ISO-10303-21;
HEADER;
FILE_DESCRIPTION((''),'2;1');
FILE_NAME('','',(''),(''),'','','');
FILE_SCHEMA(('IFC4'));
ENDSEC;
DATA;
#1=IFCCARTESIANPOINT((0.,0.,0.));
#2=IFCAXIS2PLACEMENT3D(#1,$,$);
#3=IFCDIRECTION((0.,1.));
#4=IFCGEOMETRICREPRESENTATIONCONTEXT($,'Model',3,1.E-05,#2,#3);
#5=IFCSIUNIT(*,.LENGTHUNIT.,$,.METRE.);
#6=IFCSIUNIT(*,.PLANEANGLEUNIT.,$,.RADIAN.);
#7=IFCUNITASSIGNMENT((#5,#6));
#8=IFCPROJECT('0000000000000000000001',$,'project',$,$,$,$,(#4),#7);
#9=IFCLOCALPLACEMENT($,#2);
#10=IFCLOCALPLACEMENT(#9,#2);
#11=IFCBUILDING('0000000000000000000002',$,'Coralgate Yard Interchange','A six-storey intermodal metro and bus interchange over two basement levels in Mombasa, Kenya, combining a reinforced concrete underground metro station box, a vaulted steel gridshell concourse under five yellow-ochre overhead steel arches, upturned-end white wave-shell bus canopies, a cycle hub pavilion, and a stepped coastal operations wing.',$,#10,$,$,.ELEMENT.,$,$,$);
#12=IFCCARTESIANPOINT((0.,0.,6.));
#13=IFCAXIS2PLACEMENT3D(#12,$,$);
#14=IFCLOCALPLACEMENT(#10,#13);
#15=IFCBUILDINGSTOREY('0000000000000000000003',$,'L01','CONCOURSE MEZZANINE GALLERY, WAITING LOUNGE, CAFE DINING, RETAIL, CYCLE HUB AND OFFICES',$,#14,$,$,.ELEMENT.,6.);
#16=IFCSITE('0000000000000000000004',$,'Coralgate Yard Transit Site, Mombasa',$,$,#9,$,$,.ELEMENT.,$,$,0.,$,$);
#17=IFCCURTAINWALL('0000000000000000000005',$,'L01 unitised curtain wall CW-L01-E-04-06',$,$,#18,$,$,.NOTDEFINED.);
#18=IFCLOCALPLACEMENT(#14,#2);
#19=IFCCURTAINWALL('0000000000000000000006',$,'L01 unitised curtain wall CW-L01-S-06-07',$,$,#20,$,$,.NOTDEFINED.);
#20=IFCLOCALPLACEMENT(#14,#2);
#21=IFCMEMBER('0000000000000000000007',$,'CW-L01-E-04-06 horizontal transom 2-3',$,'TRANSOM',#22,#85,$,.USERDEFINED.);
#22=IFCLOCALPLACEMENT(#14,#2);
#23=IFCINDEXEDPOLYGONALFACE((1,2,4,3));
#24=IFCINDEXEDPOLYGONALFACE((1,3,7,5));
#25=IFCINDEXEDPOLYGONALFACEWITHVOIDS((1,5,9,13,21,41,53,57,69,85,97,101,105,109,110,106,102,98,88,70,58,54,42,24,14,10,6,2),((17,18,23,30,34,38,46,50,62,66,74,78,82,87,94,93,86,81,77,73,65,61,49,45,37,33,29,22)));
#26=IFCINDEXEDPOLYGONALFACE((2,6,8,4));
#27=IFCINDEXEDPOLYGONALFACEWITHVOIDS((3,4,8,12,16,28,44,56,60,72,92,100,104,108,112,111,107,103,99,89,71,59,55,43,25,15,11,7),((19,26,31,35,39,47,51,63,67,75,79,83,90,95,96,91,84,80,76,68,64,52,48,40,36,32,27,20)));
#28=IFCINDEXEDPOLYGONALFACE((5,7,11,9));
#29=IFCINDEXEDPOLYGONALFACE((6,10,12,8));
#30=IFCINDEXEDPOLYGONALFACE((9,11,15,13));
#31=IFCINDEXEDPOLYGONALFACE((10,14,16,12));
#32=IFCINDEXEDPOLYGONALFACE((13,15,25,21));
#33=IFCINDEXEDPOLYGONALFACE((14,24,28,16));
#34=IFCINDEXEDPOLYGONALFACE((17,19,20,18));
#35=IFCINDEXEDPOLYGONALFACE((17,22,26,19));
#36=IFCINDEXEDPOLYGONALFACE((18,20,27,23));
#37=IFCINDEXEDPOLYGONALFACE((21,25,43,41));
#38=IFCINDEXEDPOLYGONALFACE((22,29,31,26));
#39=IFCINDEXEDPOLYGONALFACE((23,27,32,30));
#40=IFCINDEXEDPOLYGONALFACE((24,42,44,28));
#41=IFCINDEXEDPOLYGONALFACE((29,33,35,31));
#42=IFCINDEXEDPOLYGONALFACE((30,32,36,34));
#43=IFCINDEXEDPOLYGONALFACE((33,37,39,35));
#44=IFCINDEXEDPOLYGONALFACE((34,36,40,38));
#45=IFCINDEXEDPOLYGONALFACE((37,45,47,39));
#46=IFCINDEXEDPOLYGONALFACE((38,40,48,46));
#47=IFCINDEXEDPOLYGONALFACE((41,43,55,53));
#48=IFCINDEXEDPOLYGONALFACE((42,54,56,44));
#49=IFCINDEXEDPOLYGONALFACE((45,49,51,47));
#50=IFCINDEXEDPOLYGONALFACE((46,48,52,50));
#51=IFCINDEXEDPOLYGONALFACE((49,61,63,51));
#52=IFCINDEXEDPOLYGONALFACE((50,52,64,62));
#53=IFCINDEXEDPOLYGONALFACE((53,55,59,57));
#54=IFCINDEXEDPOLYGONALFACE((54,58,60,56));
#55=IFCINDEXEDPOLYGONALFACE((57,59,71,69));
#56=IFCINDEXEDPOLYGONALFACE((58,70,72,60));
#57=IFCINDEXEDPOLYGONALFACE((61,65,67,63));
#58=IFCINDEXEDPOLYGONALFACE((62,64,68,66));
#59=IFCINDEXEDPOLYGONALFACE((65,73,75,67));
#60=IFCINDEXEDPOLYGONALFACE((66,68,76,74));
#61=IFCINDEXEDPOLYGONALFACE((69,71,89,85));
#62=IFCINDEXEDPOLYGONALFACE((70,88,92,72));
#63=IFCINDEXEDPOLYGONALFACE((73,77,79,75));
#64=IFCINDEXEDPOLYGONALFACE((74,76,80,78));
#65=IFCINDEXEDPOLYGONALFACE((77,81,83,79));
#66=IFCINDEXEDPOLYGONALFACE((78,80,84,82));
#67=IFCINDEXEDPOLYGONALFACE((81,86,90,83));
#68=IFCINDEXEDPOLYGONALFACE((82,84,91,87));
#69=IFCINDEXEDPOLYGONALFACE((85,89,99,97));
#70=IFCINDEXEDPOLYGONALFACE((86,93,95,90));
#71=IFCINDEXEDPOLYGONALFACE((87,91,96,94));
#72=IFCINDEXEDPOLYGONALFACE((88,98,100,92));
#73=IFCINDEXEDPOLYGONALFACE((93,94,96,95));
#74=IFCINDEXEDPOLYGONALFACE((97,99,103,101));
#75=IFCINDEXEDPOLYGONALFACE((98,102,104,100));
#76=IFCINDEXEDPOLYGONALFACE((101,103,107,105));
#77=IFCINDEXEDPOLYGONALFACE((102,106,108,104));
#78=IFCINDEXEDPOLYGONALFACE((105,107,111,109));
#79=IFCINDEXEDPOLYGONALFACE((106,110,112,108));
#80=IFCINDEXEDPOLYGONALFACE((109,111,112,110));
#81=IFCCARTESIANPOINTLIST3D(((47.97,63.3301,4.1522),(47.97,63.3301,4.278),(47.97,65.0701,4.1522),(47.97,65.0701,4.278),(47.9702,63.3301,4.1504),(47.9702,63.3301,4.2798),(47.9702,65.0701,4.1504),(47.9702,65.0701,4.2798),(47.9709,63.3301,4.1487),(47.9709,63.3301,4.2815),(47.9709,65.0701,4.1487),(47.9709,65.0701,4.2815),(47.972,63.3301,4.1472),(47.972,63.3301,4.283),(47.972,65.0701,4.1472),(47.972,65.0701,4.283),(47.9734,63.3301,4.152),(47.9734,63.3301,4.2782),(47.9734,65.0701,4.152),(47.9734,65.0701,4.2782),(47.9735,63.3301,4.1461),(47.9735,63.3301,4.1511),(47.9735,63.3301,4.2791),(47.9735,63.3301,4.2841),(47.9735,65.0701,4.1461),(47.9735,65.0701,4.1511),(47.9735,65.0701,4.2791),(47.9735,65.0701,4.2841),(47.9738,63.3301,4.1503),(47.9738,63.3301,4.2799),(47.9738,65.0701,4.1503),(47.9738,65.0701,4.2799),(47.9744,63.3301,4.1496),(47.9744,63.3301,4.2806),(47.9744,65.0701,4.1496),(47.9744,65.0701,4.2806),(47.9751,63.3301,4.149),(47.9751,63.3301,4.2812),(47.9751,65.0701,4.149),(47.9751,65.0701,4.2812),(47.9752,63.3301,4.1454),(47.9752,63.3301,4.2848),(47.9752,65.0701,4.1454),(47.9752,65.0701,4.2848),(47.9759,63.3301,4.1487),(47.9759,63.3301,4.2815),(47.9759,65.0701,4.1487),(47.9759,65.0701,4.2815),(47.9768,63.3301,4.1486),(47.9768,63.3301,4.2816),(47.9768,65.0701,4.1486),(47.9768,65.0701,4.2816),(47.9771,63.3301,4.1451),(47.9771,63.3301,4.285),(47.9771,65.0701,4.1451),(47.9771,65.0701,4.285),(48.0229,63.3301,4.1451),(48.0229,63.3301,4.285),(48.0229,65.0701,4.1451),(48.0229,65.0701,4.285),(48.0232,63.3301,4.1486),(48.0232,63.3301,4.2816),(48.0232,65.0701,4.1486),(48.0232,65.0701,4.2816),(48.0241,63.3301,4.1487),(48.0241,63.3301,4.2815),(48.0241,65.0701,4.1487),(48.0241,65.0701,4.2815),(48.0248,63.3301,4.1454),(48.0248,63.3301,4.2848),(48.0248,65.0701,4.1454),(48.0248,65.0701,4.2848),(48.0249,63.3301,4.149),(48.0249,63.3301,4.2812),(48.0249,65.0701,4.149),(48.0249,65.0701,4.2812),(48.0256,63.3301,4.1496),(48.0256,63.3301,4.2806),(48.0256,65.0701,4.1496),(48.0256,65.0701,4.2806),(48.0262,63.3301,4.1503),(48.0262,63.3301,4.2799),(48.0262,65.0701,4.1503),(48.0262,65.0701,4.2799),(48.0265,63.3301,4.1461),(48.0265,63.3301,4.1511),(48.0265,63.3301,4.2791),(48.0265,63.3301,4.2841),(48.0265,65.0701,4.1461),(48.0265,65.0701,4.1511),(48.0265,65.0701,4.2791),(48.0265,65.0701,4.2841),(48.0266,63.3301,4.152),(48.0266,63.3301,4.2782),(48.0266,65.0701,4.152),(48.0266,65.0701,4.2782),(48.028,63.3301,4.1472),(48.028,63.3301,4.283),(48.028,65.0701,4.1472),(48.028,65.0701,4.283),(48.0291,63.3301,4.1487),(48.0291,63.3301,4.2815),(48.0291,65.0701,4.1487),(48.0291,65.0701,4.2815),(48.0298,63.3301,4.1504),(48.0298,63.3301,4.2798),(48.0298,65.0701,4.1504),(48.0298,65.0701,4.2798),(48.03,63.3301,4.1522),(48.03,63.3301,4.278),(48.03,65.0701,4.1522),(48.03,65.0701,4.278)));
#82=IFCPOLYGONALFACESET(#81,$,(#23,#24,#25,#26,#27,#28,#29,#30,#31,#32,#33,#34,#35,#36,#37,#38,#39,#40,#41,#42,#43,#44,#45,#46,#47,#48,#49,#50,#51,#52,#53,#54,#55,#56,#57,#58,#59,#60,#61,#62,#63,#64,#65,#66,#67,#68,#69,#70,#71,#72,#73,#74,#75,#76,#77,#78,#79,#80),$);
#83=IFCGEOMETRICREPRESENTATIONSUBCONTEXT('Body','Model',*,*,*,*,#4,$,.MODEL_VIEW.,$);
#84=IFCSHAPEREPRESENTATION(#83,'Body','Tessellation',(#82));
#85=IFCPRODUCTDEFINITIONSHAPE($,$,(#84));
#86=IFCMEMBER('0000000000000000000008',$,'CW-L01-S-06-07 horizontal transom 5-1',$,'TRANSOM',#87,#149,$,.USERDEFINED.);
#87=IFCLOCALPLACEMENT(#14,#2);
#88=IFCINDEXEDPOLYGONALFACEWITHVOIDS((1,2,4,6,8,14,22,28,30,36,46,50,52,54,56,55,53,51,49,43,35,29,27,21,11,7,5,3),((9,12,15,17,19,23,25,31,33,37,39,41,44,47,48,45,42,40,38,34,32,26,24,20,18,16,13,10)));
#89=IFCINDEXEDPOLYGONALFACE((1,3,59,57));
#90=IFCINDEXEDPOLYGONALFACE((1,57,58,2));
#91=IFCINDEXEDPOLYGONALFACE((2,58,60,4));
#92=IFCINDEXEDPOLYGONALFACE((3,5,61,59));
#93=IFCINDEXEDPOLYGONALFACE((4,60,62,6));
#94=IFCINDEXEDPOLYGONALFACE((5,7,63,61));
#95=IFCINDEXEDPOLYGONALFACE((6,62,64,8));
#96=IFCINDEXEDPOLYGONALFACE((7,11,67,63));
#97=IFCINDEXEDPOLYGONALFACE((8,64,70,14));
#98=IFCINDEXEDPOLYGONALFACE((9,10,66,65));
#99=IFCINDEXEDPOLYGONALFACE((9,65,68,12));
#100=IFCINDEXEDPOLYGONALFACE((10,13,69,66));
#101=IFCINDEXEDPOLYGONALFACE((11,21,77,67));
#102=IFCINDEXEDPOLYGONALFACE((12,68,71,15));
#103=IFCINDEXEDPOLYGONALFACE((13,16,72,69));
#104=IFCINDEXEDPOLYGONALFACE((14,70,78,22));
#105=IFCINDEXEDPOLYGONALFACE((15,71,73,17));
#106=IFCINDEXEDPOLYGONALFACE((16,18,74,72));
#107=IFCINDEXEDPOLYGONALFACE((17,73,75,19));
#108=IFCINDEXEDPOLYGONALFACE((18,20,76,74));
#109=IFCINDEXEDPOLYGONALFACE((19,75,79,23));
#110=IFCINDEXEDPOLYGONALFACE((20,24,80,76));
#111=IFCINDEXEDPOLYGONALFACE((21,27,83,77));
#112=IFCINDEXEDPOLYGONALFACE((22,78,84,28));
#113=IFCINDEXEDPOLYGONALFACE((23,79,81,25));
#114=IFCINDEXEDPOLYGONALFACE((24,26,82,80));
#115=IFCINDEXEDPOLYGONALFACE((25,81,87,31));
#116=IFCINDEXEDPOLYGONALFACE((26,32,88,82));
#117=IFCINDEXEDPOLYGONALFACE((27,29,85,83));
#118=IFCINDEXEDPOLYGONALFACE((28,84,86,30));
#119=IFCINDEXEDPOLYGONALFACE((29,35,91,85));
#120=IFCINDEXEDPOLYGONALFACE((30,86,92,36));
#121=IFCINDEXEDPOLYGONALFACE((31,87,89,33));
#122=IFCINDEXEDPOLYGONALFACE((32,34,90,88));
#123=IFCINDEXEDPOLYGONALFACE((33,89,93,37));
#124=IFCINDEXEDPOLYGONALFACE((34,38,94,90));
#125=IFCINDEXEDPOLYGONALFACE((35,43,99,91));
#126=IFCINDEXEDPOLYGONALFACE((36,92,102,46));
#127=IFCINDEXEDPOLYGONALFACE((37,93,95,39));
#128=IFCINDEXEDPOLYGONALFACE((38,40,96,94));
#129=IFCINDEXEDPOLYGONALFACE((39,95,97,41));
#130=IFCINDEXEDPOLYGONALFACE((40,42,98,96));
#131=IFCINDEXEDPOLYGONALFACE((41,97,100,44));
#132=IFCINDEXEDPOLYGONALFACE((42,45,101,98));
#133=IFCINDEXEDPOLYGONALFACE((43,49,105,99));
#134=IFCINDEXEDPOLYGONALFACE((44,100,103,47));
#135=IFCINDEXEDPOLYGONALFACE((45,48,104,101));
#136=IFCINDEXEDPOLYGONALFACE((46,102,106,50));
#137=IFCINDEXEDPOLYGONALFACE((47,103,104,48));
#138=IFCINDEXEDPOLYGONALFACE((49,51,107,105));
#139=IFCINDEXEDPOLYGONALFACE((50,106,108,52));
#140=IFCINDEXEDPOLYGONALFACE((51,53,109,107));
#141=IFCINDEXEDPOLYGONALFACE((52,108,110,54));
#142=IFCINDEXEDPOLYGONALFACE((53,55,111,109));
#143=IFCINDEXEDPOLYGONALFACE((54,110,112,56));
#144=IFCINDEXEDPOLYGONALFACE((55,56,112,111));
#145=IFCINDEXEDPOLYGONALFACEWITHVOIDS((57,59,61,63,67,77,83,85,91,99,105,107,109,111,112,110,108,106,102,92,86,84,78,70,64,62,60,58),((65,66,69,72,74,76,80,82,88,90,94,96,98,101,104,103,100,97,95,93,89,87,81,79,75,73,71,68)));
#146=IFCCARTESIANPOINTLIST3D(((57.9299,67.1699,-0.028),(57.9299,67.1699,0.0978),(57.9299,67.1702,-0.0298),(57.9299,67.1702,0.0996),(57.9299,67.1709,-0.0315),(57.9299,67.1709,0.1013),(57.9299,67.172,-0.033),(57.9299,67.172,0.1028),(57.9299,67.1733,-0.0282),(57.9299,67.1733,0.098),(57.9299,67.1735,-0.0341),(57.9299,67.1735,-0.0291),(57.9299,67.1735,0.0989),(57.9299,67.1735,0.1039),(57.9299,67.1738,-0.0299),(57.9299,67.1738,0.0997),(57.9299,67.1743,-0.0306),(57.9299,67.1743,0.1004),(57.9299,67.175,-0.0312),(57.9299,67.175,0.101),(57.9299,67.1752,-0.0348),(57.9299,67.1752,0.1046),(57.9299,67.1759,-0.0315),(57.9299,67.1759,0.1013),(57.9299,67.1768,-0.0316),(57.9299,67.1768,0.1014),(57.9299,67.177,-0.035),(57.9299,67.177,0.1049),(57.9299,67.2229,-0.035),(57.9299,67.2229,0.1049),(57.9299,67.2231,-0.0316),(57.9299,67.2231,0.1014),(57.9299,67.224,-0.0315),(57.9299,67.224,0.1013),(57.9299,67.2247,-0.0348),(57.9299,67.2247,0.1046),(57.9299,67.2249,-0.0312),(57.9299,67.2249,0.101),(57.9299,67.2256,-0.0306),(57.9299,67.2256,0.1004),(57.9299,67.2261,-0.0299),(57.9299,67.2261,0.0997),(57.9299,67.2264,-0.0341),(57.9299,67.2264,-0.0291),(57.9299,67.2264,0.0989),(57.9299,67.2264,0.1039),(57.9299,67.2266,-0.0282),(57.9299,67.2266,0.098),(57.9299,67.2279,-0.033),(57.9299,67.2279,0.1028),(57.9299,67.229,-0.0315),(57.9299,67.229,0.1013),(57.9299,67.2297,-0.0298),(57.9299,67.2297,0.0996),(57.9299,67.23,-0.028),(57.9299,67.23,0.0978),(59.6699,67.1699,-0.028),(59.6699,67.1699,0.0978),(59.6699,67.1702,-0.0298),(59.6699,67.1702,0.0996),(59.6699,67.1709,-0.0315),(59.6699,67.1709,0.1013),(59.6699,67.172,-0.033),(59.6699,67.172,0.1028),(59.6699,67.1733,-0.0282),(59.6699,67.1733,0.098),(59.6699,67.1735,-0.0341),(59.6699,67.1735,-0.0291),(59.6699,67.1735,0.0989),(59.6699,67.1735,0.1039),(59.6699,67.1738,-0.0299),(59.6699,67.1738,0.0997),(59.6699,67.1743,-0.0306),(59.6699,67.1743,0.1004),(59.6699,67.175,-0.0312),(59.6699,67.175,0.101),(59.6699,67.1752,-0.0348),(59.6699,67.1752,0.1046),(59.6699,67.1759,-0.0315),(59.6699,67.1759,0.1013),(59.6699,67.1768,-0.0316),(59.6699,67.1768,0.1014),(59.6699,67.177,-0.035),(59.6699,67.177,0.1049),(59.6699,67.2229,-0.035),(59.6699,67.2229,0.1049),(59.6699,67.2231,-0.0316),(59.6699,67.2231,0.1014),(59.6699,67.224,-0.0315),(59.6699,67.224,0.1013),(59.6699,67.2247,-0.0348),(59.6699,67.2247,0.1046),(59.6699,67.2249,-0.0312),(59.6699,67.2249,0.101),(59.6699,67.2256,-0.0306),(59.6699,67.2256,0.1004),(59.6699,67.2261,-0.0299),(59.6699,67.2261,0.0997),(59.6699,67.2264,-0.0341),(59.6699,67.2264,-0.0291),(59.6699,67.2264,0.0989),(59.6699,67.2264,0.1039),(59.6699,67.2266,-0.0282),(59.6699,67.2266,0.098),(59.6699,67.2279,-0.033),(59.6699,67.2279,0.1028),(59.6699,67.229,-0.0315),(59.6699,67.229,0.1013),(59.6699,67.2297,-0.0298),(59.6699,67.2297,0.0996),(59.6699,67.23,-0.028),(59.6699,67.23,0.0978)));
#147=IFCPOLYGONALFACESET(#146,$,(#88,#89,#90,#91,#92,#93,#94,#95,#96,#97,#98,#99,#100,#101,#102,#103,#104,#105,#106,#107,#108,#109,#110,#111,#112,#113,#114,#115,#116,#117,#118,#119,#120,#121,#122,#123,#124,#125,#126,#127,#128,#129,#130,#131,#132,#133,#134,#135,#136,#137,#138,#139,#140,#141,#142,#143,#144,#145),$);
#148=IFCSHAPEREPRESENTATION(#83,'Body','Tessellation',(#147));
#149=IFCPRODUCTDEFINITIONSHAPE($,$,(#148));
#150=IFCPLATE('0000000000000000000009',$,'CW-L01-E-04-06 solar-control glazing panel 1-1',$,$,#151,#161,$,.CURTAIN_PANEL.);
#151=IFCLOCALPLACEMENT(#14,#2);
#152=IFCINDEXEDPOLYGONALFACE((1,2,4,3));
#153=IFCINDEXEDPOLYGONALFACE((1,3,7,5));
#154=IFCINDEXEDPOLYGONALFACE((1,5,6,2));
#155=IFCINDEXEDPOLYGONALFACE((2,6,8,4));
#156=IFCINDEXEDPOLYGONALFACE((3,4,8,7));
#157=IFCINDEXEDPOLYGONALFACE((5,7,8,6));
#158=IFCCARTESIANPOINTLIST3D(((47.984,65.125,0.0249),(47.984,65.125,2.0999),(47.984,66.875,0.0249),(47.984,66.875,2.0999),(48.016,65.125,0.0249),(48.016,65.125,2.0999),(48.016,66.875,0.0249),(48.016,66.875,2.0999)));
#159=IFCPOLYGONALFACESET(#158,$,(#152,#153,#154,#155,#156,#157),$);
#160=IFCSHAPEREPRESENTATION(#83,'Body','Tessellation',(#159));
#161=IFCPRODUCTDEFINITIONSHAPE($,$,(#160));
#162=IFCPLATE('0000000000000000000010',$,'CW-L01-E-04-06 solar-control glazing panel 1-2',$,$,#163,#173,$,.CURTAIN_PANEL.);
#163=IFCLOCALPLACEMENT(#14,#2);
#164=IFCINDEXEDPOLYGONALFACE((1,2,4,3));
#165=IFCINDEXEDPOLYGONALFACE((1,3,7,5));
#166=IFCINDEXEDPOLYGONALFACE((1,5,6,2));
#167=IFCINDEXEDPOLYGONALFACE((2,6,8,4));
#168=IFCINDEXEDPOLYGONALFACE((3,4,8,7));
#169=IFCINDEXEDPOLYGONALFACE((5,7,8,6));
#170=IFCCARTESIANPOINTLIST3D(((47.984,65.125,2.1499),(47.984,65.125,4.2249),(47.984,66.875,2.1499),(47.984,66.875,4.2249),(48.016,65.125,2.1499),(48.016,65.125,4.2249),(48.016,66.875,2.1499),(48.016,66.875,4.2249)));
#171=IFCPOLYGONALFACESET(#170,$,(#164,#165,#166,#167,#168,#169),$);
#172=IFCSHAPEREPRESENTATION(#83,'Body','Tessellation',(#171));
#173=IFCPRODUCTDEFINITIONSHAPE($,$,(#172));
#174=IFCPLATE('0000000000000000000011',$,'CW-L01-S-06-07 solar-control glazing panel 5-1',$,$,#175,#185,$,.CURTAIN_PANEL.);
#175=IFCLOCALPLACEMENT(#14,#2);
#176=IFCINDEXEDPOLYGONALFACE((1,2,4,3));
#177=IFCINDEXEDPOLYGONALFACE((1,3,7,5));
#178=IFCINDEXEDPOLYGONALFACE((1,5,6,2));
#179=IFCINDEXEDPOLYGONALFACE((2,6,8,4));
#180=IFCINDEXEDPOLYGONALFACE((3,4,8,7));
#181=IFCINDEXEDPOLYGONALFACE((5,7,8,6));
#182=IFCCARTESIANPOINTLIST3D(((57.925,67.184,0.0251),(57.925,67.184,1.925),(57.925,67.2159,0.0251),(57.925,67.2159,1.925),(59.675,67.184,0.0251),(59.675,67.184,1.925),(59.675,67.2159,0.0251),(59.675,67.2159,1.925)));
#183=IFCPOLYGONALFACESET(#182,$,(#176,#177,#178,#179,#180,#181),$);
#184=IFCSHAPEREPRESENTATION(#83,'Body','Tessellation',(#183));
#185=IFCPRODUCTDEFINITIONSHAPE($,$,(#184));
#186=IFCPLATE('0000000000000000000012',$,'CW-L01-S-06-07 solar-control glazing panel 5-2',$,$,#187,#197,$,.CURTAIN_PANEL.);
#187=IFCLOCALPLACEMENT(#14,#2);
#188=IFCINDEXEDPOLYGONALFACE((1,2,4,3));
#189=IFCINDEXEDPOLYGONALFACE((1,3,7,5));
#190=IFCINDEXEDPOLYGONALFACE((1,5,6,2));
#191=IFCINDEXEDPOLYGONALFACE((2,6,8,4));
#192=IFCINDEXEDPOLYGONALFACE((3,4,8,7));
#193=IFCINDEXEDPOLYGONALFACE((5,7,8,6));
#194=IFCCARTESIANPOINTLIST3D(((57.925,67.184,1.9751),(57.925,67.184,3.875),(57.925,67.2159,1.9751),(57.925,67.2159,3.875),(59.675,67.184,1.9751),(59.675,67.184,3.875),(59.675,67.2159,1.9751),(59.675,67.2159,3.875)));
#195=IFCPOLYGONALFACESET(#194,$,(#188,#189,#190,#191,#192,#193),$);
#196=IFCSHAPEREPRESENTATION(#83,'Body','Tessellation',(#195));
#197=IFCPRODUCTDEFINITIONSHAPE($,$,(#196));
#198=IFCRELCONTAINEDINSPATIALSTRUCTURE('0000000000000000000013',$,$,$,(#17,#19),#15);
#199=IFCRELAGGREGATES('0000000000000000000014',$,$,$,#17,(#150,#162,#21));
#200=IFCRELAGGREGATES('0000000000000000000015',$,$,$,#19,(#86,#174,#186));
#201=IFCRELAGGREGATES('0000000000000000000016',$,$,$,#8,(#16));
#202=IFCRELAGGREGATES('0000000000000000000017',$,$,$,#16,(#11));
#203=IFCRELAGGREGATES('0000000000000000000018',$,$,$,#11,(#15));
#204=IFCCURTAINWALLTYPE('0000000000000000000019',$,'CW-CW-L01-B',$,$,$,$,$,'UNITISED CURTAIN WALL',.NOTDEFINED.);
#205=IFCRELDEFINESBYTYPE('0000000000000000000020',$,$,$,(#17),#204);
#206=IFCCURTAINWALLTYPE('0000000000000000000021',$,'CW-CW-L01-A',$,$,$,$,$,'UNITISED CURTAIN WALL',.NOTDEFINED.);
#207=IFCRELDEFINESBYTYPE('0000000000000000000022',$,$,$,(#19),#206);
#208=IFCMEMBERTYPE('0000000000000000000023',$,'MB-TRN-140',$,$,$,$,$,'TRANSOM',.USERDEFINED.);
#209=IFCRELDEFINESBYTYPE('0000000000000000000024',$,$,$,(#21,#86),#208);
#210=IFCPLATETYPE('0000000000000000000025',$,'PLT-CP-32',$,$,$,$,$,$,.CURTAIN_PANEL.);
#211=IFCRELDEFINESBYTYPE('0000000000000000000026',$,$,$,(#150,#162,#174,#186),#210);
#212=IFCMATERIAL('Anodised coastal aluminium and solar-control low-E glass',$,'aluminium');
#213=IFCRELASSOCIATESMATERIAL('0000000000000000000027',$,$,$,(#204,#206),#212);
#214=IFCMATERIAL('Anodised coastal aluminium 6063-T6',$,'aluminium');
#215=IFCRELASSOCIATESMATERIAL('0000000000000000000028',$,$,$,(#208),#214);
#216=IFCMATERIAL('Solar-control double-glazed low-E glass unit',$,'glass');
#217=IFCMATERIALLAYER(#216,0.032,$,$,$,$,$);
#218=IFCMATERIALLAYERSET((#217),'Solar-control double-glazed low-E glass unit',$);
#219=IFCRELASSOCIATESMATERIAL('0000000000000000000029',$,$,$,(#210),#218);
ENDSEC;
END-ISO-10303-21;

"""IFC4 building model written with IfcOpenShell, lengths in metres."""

from ifc_helpers import new_model, si_unit, direction, frame, origin, origin_2d, place, context, subcontext, project, spatial, rectangle, hollow_rectangle, extrude, material, layer, layer_set, material_profile, profile_set, type_object, element, aggregate, save


model = new_model("IFC4")

# Units and contexts
model_context = context("Model", 3, precision=1e-05, world=origin(), true_north=direction((0.0, 1.0)))
body_context = subcontext(model_context, "Body", "Model", "MODEL_VIEW")
ifc_project = project(units=[si_unit("LENGTHUNIT", "METRE"), si_unit("PLANEANGLEUNIT", "RADIAN")], contexts=[model_context])

# Site, building, storey
site_placement = place(None, origin())
site = spatial("IfcSite", under=ifc_project, at=site_placement, Name="Coralgate Yard Transit Site, Mombasa", CompositionType="ELEMENT", RefElevation=0.0)
building_placement = place(site_placement, origin())
building = spatial("IfcBuilding", under=site, at=building_placement, Name="Coralgate Yard Interchange", Description="A six-storey intermodal metro and bus interchange over two basement levels in Mombasa, Kenya, combining a reinforced concrete underground metro station box, a vaulted steel gridshell concourse under five yellow-ochre overhead steel arches, upturned-end white wave-shell bus canopies, a cycle hub pavilion, and a stepped coastal operations wing.", CompositionType="ELEMENT")
storey_placement = place(building_placement, frame((0.0, 0.0, 6.0)))
storey = spatial("IfcBuildingStorey", under=building, at=storey_placement, Name="L01", Description="CONCOURSE MEZZANINE GALLERY, WAITING LOUNGE, CAFE DINING, RETAIL, CYCLE HUB AND OFFICES", CompositionType="ELEMENT", Elevation=6.0)

# Curtain wall
ifc_material_1 = material(Name="Anodised coastal aluminium and solar-control low-E glass", Category="aluminium")
curtain_wall_type_1 = type_object("IfcCurtainWallType", Name="CW-CW-L01-B", ElementType="UNITISED CURTAIN WALL", PredefinedType="NOTDEFINED", material=ifc_material_1)
curtain_wall_1_placement = place(storey_placement, origin())
curtain_wall_1 = element("IfcCurtainWall", 1, at=curtain_wall_1_placement, inside=storey, type_object=curtain_wall_type_1, Name="L01 unitised curtain wall CW-L01-E-04-06", PredefinedType="NOTDEFINED")
ifc_material_2 = material(Name="Anodised coastal aluminium 6063-T6", Category="aluminium")

# Curtain wall
curtain_wall_type_2 = type_object("IfcCurtainWallType", Name="CW-CW-L01-A", ElementType="UNITISED CURTAIN WALL", PredefinedType="NOTDEFINED", material=ifc_material_1)
curtain_wall_2_placement = place(storey_placement, origin())
curtain_wall_2 = element("IfcCurtainWall", 2, at=curtain_wall_2_placement, inside=storey, type_object=curtain_wall_type_2, Name="L01 unitised curtain wall CW-L01-S-06-07", PredefinedType="NOTDEFINED")

# Members
ifc_material_profile_1 = material_profile(ifc_material_2, hollow_rectangle(XDim=0.0601, YDim=0.1399, WallThickness=0.0034, InnerFilletRadius=0.0034, OuterFilletRadius=0.0071, at=origin_2d()), Name="ALU 60x140x3.5")
ifc_profile_set_1 = profile_set([ifc_material_profile_1], Name="Anodised coastal aluminium 6063-T6")
member_type_1 = type_object("IfcMemberType", Name="MB-TRN-140", ElementType="TRANSOM", PredefinedType="USERDEFINED", material=ifc_profile_set_1)
member_1_placement = place(storey_placement, frame((48.0, 65.0701, 4.2151), z_axis=(0.0, -1.0, 0.0), x_axis=(1.0, 0.0, 0.0)))
member_1 = element("IfcMember", 3, at=member_1_placement, type_object=member_type_1, Name="CW-L01-E-04-06 horizontal transom 2-3", ObjectType="TRANSOM", PredefinedType="USERDEFINED", context=body_context, shape_type="SweptSolid", body=[
    extrude(hollow_rectangle(XDim=0.0601, YDim=0.1399, WallThickness=0.0034, InnerFilletRadius=0.0034, OuterFilletRadius=0.0071, at=origin_2d()), origin(), (0.0, 0.0, 1.0), 1.74),
])
member_2_placement = place(storey_placement, frame((59.6699, 67.2, 0.0349), z_axis=(-1.0, 0.0, 0.0), x_axis=(0.0, -1.0, 0.0)))
member_2 = element("IfcMember", 4, at=member_2_placement, type_object=member_type_1, Name="CW-L01-S-06-07 horizontal transom 5-1", ObjectType="TRANSOM", PredefinedType="USERDEFINED", context=body_context, shape_type="SweptSolid", body=[
    extrude(hollow_rectangle(XDim=0.0601, YDim=0.1399, WallThickness=0.0034, InnerFilletRadius=0.0034, OuterFilletRadius=0.0071, at=origin_2d()), origin(), (0.0, 0.0, 1.0), 1.74),
])

# Plates
ifc_material_3 = material(Name="Solar-control double-glazed low-E glass unit", Category="glass")
ifc_layer_1 = layer(ifc_material_3, 0.032)
ifc_layer_set_1 = layer_set([ifc_layer_1], Name="Solar-control double-glazed low-E glass unit")
plate_type = type_object("IfcPlateType", Name="PLT-CP-32", PredefinedType="CURTAIN_PANEL", material=ifc_layer_set_1)
plate_1_placement = place(storey_placement, frame((48.0, 66.0, 0.0249), z_axis=(0.0, 0.0, 1.0), x_axis=(0.0, -1.0, 0.0)))
plate_1 = element("IfcPlate", 5, at=plate_1_placement, type_object=plate_type, Name="CW-L01-E-04-06 solar-control glazing panel 1-1", PredefinedType="CURTAIN_PANEL", context=body_context, shape_type="SweptSolid", body=[
    extrude(rectangle(XDim=1.75, YDim=0.032, at=origin_2d()), origin(), (0.0, 0.0, 1.0), 2.075),
])
plate_2_placement = place(storey_placement, frame((48.0, 66.0, 2.1499), z_axis=(0.0, 0.0, 1.0), x_axis=(0.0, -1.0, 0.0)))
plate_2 = element("IfcPlate", 6, at=plate_2_placement, type_object=plate_type, Name="CW-L01-E-04-06 solar-control glazing panel 1-2", PredefinedType="CURTAIN_PANEL", context=body_context, shape_type="SweptSolid", body=[
    extrude(rectangle(XDim=1.75, YDim=0.032, at=origin_2d()), origin(), (0.0, 0.0, 1.0), 2.075),
])
aggregate(curtain_wall_1, [plate_1, plate_2, member_1])
plate_3_placement = place(storey_placement, frame((58.8, 67.2, 0.0251), z_axis=(0.0, 0.0, 1.0), x_axis=(-1.0, 0.0, 0.0)))
plate_3 = element("IfcPlate", 7, at=plate_3_placement, type_object=plate_type, Name="CW-L01-S-06-07 solar-control glazing panel 5-1", PredefinedType="CURTAIN_PANEL", context=body_context, shape_type="SweptSolid", body=[
    extrude(rectangle(XDim=1.75, YDim=0.032, at=origin_2d()), origin(), (0.0, 0.0, 1.0), 1.8999),
])
plate_4_placement = place(storey_placement, frame((58.8, 67.2, 1.9751), z_axis=(0.0, 0.0, 1.0), x_axis=(-1.0, 0.0, 0.0)))
plate_4 = element("IfcPlate", 8, at=plate_4_placement, type_object=plate_type, Name="CW-L01-S-06-07 solar-control glazing panel 5-2", PredefinedType="CURTAIN_PANEL", context=body_context, shape_type="SweptSolid", body=[
    extrude(rectangle(XDim=1.75, YDim=0.032, at=origin_2d()), origin(), (0.0, 0.0, 1.0), 1.8999),
])
aggregate(curtain_wall_2, [member_2, plate_3, plate_4])

save(model, "model.ifc")
